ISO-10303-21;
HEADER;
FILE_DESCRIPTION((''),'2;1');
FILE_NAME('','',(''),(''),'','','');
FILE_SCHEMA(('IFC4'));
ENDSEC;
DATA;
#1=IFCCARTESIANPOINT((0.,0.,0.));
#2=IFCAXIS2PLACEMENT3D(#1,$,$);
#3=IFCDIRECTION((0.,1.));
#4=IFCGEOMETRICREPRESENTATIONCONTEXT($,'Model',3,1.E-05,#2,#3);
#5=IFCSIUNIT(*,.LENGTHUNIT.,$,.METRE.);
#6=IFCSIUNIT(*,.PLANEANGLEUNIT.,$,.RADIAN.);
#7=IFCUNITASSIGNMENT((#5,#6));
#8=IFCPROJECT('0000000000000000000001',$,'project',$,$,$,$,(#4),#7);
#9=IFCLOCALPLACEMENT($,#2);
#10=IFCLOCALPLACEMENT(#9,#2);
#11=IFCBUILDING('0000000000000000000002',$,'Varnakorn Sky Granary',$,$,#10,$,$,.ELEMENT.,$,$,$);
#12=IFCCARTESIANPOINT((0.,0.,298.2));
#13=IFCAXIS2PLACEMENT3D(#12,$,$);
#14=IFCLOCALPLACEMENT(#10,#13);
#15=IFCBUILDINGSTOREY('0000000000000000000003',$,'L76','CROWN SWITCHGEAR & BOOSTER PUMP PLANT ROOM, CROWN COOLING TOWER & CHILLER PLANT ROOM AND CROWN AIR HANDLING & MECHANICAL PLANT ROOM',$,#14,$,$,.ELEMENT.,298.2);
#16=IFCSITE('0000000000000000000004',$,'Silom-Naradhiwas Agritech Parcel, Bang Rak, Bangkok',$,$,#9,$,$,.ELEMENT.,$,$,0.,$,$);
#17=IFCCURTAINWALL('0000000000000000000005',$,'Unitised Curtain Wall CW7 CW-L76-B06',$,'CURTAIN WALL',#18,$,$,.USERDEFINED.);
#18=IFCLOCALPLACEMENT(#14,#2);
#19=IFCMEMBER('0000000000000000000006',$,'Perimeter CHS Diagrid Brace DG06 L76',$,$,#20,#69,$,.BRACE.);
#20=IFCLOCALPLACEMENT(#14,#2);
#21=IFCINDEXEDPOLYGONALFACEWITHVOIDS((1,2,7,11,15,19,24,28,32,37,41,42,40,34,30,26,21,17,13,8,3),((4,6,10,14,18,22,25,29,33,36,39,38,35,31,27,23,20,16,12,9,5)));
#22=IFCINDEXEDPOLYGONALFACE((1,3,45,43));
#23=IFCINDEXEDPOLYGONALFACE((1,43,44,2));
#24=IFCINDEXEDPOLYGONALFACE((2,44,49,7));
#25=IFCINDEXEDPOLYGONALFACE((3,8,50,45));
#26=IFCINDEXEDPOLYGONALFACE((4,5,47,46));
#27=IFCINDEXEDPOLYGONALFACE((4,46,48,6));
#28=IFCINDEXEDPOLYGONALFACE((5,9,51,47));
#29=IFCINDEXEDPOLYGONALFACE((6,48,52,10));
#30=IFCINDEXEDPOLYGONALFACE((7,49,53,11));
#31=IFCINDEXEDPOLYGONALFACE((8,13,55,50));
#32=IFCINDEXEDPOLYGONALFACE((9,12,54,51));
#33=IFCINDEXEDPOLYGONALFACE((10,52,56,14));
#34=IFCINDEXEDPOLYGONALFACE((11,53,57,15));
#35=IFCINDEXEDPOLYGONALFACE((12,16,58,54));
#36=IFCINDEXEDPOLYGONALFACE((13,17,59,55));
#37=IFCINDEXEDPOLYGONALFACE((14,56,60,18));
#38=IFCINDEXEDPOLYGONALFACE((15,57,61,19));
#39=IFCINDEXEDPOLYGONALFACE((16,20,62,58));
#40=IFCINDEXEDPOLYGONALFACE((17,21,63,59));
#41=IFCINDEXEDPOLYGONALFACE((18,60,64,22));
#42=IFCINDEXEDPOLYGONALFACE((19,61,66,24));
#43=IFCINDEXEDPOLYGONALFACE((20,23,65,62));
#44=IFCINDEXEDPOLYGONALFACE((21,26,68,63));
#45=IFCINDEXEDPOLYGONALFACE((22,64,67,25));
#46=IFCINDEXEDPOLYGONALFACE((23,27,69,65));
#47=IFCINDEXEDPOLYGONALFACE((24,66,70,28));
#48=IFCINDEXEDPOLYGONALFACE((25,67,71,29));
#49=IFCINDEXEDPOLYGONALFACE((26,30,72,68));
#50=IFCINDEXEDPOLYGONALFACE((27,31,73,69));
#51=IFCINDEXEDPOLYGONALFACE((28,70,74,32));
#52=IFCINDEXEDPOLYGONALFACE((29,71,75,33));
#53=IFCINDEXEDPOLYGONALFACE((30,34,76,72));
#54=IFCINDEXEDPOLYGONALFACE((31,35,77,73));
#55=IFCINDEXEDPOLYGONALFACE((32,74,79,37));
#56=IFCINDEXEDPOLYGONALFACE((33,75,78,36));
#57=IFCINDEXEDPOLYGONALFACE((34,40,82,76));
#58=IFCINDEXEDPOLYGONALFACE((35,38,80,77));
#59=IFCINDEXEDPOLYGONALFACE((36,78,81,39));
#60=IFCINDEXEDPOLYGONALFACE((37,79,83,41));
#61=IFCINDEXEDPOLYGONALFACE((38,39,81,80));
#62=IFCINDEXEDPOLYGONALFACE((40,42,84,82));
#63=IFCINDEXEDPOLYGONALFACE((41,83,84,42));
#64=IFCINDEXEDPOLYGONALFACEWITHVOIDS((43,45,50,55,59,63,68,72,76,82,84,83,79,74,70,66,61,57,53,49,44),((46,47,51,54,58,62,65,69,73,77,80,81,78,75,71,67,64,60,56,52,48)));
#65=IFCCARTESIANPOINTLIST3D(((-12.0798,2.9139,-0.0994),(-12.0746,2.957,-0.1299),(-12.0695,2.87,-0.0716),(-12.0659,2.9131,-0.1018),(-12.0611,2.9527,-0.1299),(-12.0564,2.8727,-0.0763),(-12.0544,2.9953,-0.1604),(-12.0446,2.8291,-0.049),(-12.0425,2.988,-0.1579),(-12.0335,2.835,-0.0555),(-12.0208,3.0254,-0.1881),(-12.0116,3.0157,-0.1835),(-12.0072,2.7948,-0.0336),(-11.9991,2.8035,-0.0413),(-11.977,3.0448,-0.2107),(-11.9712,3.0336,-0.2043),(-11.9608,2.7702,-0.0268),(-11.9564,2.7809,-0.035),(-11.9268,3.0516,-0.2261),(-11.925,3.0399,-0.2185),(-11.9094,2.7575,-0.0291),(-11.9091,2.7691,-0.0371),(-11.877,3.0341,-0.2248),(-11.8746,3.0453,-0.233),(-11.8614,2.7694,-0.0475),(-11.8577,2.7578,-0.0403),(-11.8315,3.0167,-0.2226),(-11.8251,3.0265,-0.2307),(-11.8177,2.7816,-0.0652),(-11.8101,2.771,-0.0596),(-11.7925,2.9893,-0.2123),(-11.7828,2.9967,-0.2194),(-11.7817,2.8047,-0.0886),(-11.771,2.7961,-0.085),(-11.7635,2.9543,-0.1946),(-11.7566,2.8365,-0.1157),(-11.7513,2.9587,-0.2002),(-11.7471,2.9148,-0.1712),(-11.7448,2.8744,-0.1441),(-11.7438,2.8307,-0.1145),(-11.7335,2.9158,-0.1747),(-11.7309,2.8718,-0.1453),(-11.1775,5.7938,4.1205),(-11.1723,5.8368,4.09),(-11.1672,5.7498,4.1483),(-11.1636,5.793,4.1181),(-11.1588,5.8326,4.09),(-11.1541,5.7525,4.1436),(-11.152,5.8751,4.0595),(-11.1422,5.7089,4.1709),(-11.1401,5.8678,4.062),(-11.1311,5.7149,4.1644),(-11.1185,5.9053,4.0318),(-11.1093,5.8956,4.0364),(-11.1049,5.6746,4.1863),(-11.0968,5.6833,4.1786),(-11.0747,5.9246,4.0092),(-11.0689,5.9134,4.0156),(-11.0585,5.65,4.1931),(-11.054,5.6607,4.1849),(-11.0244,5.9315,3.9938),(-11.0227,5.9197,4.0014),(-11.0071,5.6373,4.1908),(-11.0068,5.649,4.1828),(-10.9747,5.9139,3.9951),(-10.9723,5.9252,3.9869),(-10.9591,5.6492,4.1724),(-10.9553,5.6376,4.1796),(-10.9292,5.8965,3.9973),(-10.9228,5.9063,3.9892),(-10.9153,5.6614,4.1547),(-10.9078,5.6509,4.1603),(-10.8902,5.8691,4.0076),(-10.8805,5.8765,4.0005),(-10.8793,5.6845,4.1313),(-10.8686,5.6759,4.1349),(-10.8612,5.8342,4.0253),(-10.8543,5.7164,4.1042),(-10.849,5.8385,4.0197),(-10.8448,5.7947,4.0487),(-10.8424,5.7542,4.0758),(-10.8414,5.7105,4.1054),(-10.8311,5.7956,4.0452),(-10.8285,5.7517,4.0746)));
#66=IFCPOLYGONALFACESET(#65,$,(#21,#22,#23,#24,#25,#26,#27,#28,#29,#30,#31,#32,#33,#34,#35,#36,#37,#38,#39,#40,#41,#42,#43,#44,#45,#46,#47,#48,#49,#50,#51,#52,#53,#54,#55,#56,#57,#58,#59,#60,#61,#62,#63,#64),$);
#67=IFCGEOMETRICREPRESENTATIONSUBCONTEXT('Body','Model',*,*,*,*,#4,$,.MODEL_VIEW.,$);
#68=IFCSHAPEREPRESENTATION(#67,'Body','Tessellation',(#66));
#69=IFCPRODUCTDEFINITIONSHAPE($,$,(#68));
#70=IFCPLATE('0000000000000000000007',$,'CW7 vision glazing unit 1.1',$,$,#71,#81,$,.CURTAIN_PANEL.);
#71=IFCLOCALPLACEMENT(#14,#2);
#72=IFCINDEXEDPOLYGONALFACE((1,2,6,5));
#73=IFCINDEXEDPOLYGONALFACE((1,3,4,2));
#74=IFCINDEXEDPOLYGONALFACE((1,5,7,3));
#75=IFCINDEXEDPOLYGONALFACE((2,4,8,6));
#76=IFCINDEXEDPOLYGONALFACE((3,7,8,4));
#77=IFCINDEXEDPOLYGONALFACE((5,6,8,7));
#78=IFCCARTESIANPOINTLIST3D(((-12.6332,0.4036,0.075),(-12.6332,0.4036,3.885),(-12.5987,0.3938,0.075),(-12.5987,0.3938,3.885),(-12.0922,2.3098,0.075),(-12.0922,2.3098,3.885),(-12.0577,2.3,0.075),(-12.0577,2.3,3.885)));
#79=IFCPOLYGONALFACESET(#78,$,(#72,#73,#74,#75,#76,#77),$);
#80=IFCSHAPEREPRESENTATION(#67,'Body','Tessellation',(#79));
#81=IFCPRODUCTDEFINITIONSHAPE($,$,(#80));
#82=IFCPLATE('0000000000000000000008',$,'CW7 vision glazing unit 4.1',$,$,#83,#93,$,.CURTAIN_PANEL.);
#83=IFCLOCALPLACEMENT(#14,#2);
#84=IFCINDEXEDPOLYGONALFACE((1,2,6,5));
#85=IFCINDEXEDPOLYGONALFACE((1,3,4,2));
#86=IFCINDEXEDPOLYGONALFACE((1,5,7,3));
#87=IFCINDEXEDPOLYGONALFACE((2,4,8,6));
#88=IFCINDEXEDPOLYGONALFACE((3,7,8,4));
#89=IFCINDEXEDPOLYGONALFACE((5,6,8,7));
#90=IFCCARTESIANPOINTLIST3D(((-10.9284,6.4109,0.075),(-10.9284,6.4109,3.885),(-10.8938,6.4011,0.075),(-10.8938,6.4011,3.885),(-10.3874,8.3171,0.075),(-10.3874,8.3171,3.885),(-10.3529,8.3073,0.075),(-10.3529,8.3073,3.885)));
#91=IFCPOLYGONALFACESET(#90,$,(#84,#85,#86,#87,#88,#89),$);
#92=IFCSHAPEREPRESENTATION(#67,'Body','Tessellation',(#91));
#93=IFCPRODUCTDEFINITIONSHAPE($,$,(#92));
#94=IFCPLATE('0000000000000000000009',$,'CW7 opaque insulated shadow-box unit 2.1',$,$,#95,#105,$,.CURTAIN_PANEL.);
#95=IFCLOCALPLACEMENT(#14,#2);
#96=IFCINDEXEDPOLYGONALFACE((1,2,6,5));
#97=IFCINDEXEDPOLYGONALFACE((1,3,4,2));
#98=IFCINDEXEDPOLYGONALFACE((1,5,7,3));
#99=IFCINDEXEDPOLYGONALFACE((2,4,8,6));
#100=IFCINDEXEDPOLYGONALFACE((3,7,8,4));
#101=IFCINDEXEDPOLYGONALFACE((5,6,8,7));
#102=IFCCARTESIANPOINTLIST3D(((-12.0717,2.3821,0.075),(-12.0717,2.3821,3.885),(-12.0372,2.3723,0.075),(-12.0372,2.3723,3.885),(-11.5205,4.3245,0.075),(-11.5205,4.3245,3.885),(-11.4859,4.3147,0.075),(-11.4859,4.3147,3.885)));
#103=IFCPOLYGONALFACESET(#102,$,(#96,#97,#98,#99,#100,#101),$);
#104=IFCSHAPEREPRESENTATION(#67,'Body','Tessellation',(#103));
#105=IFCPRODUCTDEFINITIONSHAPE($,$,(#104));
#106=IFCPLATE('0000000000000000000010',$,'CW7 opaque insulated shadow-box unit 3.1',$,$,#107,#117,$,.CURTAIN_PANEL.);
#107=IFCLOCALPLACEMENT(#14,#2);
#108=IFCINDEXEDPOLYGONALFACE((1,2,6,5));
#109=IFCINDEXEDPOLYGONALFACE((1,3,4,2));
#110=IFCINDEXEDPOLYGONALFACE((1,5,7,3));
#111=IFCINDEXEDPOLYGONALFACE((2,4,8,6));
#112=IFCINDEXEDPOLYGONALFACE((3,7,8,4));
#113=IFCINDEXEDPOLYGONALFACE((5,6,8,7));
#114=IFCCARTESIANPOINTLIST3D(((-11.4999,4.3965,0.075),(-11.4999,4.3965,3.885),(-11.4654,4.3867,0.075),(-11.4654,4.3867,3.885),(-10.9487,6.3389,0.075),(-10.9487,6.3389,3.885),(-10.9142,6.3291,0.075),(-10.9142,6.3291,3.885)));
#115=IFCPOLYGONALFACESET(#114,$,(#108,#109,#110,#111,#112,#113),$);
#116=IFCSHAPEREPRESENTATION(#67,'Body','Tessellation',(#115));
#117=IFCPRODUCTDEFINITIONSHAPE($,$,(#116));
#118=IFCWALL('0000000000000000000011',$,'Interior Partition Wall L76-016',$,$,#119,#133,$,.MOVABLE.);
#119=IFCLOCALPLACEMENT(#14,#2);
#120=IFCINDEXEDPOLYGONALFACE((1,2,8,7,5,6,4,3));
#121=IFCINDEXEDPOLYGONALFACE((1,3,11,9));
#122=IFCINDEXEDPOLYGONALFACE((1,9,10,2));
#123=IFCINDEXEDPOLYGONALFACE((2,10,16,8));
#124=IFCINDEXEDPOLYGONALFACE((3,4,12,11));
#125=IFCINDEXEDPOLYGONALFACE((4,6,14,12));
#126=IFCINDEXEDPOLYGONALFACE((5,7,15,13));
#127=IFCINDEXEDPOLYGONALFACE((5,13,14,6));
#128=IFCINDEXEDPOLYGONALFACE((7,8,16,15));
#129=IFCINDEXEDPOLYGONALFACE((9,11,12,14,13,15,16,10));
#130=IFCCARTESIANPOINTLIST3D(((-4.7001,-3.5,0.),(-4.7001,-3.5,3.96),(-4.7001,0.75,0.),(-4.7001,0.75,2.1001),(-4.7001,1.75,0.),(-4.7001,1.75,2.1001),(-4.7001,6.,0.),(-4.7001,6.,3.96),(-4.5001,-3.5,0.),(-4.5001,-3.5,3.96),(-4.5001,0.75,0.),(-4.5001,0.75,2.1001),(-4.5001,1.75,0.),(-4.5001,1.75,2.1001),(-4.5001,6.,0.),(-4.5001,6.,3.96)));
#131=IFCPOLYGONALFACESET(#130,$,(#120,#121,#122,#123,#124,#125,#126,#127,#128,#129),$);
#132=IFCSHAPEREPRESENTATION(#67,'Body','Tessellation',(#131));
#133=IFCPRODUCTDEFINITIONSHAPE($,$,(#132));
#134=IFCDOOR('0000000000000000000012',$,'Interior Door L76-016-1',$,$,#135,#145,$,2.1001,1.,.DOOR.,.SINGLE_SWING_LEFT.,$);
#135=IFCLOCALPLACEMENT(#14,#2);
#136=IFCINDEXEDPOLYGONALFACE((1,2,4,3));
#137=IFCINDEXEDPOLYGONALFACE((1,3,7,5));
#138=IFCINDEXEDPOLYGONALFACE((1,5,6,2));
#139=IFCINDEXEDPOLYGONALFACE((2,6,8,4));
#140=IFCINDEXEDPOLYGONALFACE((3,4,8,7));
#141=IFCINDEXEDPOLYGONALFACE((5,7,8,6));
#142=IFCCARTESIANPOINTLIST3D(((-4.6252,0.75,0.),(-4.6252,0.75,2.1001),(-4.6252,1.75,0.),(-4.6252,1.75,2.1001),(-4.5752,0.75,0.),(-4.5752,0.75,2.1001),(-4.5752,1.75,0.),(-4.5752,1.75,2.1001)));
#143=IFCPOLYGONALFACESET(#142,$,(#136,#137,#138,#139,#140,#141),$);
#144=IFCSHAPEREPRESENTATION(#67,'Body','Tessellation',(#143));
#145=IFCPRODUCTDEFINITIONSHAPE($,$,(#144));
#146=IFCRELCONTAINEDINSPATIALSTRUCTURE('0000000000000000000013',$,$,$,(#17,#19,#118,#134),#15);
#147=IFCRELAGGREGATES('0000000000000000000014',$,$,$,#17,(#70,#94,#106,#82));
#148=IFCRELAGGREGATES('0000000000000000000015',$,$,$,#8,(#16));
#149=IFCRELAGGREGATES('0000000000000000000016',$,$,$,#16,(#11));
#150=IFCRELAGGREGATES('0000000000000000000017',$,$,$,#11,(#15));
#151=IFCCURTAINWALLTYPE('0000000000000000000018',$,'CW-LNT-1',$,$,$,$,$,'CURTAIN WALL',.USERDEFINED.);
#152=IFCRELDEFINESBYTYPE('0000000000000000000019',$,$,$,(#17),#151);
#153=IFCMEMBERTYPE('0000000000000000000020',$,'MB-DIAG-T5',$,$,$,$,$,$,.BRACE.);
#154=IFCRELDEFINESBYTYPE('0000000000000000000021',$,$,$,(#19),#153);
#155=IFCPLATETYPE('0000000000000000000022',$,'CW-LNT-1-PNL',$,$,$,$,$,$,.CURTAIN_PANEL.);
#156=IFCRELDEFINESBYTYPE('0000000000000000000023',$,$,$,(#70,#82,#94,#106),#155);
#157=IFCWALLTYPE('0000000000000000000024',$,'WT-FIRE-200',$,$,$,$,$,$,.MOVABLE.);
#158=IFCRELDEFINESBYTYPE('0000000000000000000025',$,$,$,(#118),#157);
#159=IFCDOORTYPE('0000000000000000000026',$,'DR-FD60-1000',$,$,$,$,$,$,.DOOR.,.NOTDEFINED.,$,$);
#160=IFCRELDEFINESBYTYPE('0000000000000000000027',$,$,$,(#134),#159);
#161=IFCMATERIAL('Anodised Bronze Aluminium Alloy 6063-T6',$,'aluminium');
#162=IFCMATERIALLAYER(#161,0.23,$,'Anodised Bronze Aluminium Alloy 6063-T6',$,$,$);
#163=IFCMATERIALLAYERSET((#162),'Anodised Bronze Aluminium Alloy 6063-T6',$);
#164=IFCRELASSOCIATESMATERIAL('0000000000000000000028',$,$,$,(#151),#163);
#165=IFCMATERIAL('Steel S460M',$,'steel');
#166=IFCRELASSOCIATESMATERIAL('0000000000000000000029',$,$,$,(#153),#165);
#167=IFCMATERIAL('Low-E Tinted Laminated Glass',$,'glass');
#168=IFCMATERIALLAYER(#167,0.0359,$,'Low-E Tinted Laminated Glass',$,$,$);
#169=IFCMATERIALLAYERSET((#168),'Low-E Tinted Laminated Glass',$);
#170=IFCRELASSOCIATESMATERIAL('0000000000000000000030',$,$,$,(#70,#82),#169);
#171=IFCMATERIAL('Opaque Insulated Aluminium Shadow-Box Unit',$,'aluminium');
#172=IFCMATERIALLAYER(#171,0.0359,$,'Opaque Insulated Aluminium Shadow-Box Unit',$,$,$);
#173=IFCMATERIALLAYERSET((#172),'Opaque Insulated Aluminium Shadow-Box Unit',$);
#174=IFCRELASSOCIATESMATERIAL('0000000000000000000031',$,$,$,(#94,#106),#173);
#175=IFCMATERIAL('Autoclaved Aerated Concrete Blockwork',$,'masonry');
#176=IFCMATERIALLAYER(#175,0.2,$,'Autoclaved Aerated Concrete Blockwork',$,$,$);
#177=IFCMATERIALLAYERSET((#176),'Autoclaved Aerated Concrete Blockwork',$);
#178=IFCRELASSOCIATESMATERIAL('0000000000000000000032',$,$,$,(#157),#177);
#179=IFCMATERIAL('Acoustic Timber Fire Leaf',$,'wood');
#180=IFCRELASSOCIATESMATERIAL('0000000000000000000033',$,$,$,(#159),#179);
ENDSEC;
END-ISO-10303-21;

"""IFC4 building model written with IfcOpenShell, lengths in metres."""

from ifc_helpers import new_model, si_unit, direction, frame, frame_2d, origin, origin_2d, place, context, subcontext, project, spatial, rectangle, hollow_circle, extrude, source, transform, mapped, material, layer, layer_set, material_profile, profile_set, type_object, type_shapes, element, fill, aggregate, save


model = new_model("IFC4")

# Units and contexts
model_context = context("Model", 3, precision=1e-05, world=origin(), true_north=direction((0.0, 1.0)))
body_context = subcontext(model_context, "Body", "Model", "MODEL_VIEW")
ifc_project = project(units=[si_unit("LENGTHUNIT", "METRE"), si_unit("PLANEANGLEUNIT", "RADIAN")], contexts=[model_context])

# Site, building, storey
site_placement = place(None, origin())
site = spatial("IfcSite", under=ifc_project, at=site_placement, Name="Silom-Naradhiwas Agritech Parcel, Bang Rak, Bangkok", CompositionType="ELEMENT", RefElevation=0.0)
building_placement = place(site_placement, origin())
building = spatial("IfcBuilding", under=site, at=building_placement, Name="Varnakorn Sky Granary", CompositionType="ELEMENT")
storey_placement = place(building_placement, frame((0.0, 0.0, 298.2)))
storey = spatial("IfcBuildingStorey", under=building, at=storey_placement, Name="L76", Description="CROWN SWITCHGEAR & BOOSTER PUMP PLANT ROOM, CROWN COOLING TOWER & CHILLER PLANT ROOM AND CROWN AIR HANDLING & MECHANICAL PLANT ROOM", CompositionType="ELEMENT", Elevation=298.2)

# Shared definitions
ifc_material_1 = material(Name="Steel S460M", Category="steel")

# Shared definitions
ifc_material_2 = material(Name="Anodised Bronze Aluminium Alloy 6063-T6", Category="aluminium")
ifc_layer_1 = layer(ifc_material_2, 0.23, Name="Anodised Bronze Aluminium Alloy 6063-T6")
ifc_layer_set_1 = layer_set([ifc_layer_1], Name="Anodised Bronze Aluminium Alloy 6063-T6")
curtain_wall_type = type_object("IfcCurtainWallType", Name="CW-LNT-1", ElementType="CURTAIN WALL", PredefinedType="USERDEFINED", material=ifc_layer_set_1)

# Curtain wall
curtain_wall_1_placement = place(storey_placement, origin())
curtain_wall_1 = element("IfcCurtainWall", 1, at=curtain_wall_1_placement, inside=storey, type_object=curtain_wall_type, Name="Unitised Curtain Wall CW7 CW-L76-B06", ObjectType="CURTAIN WALL", PredefinedType="USERDEFINED")

# Member
ifc_material_profile_1 = material_profile(ifc_material_1, hollow_circle(Radius=0.1777, WallThickness=0.0142, at=origin_2d()), Name="CHS 355.6x14")
ifc_profile_set_1 = profile_set([ifc_material_profile_1], Name="Steel S460M")
member_type_1 = type_object("IfcMemberType", Name="MB-DIAG-T5", PredefinedType="BRACE", material=ifc_profile_set_1)
member_1_placement = place(storey_placement, frame((-11.905, 2.9038, -0.1299), z_axis=(0.173927, 0.555097, 0.813398), x_axis=(-0.954255, 0.298993, 0.0)))
element("IfcMember", 2, at=member_1_placement, inside=storey, type_object=member_type_1, Name="Perimeter CHS Diagrid Brace DG06 L76", PredefinedType="BRACE", context=body_context, shape_type="SweptSolid", body=[
    extrude(hollow_circle(Radius=0.1777, WallThickness=0.0142, at=origin_2d()), origin(), (0.0, 0.0, 1.0), 5.188),
])

# Plates
ifc_material_3 = material(Name="Low-E Tinted Laminated Glass", Category="glass")
ifc_layer_2 = layer(ifc_material_3, 0.0359, Name="Low-E Tinted Laminated Glass")
ifc_layer_set_2 = layer_set([ifc_layer_2], Name="Low-E Tinted Laminated Glass")
plate_type = type_object("IfcPlateType", Name="CW-LNT-1-PNL", PredefinedType="CURTAIN_PANEL")
shared_shape_1 = source(origin(), body_context, "Body", "SweptSolid", [
    extrude(rectangle(XDim=1.9814, YDim=0.0359, at=origin_2d()), origin(), (0.0, 0.0, 1.0), 3.8101),
])
plate_1_placement = place(storey_placement, frame((-12.3455, 1.3518, 0.075), z_axis=(0.0, 0.0, 1.0), x_axis=(0.273007, 0.962012, 0.0)))
plate_1 = element("IfcPlate", 3, at=plate_1_placement, type_object=plate_type, material=ifc_layer_set_2, Name="CW7 vision glazing unit 1.1", PredefinedType="CURTAIN_PANEL", context=body_context, shape_type="MappedRepresentation", body=[
    mapped(shared_shape_1, transform((0.0, 0.0, 0.0), x_axis=(1.0, 0.0, 0.0), y_axis=(0.0, 1.0, 0.0), z_axis=(0.0, 0.0, 1.0), scale=1.0)),
])
plate_2_placement = place(storey_placement, frame((-10.6406, 7.3591, 0.075), z_axis=(0.0, 0.0, 1.0), x_axis=(0.273007, 0.962012, 0.0)))
plate_2 = element("IfcPlate", 4, at=plate_2_placement, type_object=plate_type, material=ifc_layer_set_2, Name="CW7 vision glazing unit 4.1", PredefinedType="CURTAIN_PANEL", context=body_context, shape_type="MappedRepresentation", body=[
    mapped(shared_shape_1, transform((0.0, 0.0, 0.0), x_axis=(1.0, 0.0, 0.0), y_axis=(0.0, 1.0, 0.0), z_axis=(0.0, 0.0, 1.0), scale=1.0)),
])
ifc_material_4 = material(Name="Opaque Insulated Aluminium Shadow-Box Unit", Category="aluminium")
ifc_layer_3 = layer(ifc_material_4, 0.0359, Name="Opaque Insulated Aluminium Shadow-Box Unit")
ifc_layer_set_3 = layer_set([ifc_layer_3], Name="Opaque Insulated Aluminium Shadow-Box Unit")
shared_shape_2 = source(origin(), body_context, "Body", "SweptSolid", [
    extrude(rectangle(XDim=2.019, YDim=0.0359, at=origin_2d()), origin(), (0.0, 0.0, 1.0), 3.8101),
])
type_shapes(plate_type, [shared_shape_1, shared_shape_2])
plate_3_placement = place(storey_placement, frame((-11.7788, 3.3484, 0.075), z_axis=(0.0, 0.0, 1.0), x_axis=(0.273007, 0.962012, 0.0)))
plate_3 = element("IfcPlate", 5, at=plate_3_placement, type_object=plate_type, material=ifc_layer_set_3, Name="CW7 opaque insulated shadow-box unit 2.1", PredefinedType="CURTAIN_PANEL", context=body_context, shape_type="MappedRepresentation", body=[
    mapped(shared_shape_2, transform((0.0, 0.0, 0.0), x_axis=(1.0, 0.0, 0.0), y_axis=(0.0, 1.0, 0.0), z_axis=(0.0, 0.0, 1.0), scale=1.0)),
])
plate_4_placement = place(storey_placement, frame((-11.207, 5.3628, 0.075), z_axis=(0.0, 0.0, 1.0), x_axis=(0.273007, 0.962012, 0.0)))
plate_4 = element("IfcPlate", 6, at=plate_4_placement, type_object=plate_type, material=ifc_layer_set_3, Name="CW7 opaque insulated shadow-box unit 3.1", PredefinedType="CURTAIN_PANEL", context=body_context, shape_type="MappedRepresentation", body=[
    mapped(shared_shape_2, transform((0.0, 0.0, 0.0), x_axis=(1.0, 0.0, 0.0), y_axis=(0.0, 1.0, 0.0), z_axis=(0.0, 0.0, 1.0), scale=1.0)),
])
aggregate(curtain_wall_1, [plate_1, plate_3, plate_4, plate_2])

# Wall, opening, door
ifc_material_5 = material(Name="Autoclaved Aerated Concrete Blockwork", Category="masonry")
ifc_layer_4 = layer(ifc_material_5, 0.2, Name="Autoclaved Aerated Concrete Blockwork")
ifc_layer_set_4 = layer_set([ifc_layer_4], Name="Autoclaved Aerated Concrete Blockwork")
wall_type = type_object("IfcWallType", Name="WT-FIRE-200", PredefinedType="MOVABLE", material=ifc_layer_set_4)
wall_placement = place(storey_placement, frame((-4.6001, 6.0, 0.0), z_axis=(0.0, 0.0, 1.0), x_axis=(0.0, -1.0, 0.0)))
wall = element("IfcWall", 7, at=wall_placement, inside=storey, type_object=wall_type, Name="Interior Partition Wall L76-016", PredefinedType="MOVABLE", context=body_context, shape_type="SweptSolid", body=[
    extrude(rectangle(XDim=9.5, YDim=0.2, at=frame_2d((4.75, 0.0))), origin(), (0.0, 0.0, 1.0), 3.96),
])
opening_placement = place(wall_placement, frame((4.25, 0.0, 0.0)))
opening = element("IfcOpeningElement", 8, at=opening_placement, cuts=wall, PredefinedType="OPENING", context=body_context, shape_type="SweptSolid", body=[
    extrude(rectangle(XDim=1.0, YDim=2.1001, at=frame_2d((0.5, 1.05))), frame((0.0, 0.1099, 0.0), z_axis=(0.0, -1.0, 0.0), x_axis=(1.0, 0.0, 0.0)), (0.0, 0.0, 1.0), 0.22),
])
ifc_material_6 = material(Name="Acoustic Timber Fire Leaf", Category="wood")
door_type = type_object("IfcDoorType", Name="DR-FD60-1000", OperationType="NOTDEFINED", PredefinedType="DOOR", material=ifc_material_6)
door_placement = place(opening_placement, origin())
door = element("IfcDoor", 9, at=door_placement, inside=storey, type_object=door_type, Name="Interior Door L76-016-1", OperationType="SINGLE_SWING_LEFT", OverallHeight=2.1001, OverallWidth=1.0, PredefinedType="DOOR", context=body_context, shape_type="SweptSolid", body=[
    extrude(rectangle(XDim=1.0, YDim=2.1001, at=frame_2d((0.5, 1.05))), frame((0.0, 0.0249, 0.0), z_axis=(0.0, -1.0, 0.0), x_axis=(1.0, 0.0, 0.0)), (0.0, 0.0, 1.0), 0.05),
])
fill(opening, door)

save(model, "model.ifc")
